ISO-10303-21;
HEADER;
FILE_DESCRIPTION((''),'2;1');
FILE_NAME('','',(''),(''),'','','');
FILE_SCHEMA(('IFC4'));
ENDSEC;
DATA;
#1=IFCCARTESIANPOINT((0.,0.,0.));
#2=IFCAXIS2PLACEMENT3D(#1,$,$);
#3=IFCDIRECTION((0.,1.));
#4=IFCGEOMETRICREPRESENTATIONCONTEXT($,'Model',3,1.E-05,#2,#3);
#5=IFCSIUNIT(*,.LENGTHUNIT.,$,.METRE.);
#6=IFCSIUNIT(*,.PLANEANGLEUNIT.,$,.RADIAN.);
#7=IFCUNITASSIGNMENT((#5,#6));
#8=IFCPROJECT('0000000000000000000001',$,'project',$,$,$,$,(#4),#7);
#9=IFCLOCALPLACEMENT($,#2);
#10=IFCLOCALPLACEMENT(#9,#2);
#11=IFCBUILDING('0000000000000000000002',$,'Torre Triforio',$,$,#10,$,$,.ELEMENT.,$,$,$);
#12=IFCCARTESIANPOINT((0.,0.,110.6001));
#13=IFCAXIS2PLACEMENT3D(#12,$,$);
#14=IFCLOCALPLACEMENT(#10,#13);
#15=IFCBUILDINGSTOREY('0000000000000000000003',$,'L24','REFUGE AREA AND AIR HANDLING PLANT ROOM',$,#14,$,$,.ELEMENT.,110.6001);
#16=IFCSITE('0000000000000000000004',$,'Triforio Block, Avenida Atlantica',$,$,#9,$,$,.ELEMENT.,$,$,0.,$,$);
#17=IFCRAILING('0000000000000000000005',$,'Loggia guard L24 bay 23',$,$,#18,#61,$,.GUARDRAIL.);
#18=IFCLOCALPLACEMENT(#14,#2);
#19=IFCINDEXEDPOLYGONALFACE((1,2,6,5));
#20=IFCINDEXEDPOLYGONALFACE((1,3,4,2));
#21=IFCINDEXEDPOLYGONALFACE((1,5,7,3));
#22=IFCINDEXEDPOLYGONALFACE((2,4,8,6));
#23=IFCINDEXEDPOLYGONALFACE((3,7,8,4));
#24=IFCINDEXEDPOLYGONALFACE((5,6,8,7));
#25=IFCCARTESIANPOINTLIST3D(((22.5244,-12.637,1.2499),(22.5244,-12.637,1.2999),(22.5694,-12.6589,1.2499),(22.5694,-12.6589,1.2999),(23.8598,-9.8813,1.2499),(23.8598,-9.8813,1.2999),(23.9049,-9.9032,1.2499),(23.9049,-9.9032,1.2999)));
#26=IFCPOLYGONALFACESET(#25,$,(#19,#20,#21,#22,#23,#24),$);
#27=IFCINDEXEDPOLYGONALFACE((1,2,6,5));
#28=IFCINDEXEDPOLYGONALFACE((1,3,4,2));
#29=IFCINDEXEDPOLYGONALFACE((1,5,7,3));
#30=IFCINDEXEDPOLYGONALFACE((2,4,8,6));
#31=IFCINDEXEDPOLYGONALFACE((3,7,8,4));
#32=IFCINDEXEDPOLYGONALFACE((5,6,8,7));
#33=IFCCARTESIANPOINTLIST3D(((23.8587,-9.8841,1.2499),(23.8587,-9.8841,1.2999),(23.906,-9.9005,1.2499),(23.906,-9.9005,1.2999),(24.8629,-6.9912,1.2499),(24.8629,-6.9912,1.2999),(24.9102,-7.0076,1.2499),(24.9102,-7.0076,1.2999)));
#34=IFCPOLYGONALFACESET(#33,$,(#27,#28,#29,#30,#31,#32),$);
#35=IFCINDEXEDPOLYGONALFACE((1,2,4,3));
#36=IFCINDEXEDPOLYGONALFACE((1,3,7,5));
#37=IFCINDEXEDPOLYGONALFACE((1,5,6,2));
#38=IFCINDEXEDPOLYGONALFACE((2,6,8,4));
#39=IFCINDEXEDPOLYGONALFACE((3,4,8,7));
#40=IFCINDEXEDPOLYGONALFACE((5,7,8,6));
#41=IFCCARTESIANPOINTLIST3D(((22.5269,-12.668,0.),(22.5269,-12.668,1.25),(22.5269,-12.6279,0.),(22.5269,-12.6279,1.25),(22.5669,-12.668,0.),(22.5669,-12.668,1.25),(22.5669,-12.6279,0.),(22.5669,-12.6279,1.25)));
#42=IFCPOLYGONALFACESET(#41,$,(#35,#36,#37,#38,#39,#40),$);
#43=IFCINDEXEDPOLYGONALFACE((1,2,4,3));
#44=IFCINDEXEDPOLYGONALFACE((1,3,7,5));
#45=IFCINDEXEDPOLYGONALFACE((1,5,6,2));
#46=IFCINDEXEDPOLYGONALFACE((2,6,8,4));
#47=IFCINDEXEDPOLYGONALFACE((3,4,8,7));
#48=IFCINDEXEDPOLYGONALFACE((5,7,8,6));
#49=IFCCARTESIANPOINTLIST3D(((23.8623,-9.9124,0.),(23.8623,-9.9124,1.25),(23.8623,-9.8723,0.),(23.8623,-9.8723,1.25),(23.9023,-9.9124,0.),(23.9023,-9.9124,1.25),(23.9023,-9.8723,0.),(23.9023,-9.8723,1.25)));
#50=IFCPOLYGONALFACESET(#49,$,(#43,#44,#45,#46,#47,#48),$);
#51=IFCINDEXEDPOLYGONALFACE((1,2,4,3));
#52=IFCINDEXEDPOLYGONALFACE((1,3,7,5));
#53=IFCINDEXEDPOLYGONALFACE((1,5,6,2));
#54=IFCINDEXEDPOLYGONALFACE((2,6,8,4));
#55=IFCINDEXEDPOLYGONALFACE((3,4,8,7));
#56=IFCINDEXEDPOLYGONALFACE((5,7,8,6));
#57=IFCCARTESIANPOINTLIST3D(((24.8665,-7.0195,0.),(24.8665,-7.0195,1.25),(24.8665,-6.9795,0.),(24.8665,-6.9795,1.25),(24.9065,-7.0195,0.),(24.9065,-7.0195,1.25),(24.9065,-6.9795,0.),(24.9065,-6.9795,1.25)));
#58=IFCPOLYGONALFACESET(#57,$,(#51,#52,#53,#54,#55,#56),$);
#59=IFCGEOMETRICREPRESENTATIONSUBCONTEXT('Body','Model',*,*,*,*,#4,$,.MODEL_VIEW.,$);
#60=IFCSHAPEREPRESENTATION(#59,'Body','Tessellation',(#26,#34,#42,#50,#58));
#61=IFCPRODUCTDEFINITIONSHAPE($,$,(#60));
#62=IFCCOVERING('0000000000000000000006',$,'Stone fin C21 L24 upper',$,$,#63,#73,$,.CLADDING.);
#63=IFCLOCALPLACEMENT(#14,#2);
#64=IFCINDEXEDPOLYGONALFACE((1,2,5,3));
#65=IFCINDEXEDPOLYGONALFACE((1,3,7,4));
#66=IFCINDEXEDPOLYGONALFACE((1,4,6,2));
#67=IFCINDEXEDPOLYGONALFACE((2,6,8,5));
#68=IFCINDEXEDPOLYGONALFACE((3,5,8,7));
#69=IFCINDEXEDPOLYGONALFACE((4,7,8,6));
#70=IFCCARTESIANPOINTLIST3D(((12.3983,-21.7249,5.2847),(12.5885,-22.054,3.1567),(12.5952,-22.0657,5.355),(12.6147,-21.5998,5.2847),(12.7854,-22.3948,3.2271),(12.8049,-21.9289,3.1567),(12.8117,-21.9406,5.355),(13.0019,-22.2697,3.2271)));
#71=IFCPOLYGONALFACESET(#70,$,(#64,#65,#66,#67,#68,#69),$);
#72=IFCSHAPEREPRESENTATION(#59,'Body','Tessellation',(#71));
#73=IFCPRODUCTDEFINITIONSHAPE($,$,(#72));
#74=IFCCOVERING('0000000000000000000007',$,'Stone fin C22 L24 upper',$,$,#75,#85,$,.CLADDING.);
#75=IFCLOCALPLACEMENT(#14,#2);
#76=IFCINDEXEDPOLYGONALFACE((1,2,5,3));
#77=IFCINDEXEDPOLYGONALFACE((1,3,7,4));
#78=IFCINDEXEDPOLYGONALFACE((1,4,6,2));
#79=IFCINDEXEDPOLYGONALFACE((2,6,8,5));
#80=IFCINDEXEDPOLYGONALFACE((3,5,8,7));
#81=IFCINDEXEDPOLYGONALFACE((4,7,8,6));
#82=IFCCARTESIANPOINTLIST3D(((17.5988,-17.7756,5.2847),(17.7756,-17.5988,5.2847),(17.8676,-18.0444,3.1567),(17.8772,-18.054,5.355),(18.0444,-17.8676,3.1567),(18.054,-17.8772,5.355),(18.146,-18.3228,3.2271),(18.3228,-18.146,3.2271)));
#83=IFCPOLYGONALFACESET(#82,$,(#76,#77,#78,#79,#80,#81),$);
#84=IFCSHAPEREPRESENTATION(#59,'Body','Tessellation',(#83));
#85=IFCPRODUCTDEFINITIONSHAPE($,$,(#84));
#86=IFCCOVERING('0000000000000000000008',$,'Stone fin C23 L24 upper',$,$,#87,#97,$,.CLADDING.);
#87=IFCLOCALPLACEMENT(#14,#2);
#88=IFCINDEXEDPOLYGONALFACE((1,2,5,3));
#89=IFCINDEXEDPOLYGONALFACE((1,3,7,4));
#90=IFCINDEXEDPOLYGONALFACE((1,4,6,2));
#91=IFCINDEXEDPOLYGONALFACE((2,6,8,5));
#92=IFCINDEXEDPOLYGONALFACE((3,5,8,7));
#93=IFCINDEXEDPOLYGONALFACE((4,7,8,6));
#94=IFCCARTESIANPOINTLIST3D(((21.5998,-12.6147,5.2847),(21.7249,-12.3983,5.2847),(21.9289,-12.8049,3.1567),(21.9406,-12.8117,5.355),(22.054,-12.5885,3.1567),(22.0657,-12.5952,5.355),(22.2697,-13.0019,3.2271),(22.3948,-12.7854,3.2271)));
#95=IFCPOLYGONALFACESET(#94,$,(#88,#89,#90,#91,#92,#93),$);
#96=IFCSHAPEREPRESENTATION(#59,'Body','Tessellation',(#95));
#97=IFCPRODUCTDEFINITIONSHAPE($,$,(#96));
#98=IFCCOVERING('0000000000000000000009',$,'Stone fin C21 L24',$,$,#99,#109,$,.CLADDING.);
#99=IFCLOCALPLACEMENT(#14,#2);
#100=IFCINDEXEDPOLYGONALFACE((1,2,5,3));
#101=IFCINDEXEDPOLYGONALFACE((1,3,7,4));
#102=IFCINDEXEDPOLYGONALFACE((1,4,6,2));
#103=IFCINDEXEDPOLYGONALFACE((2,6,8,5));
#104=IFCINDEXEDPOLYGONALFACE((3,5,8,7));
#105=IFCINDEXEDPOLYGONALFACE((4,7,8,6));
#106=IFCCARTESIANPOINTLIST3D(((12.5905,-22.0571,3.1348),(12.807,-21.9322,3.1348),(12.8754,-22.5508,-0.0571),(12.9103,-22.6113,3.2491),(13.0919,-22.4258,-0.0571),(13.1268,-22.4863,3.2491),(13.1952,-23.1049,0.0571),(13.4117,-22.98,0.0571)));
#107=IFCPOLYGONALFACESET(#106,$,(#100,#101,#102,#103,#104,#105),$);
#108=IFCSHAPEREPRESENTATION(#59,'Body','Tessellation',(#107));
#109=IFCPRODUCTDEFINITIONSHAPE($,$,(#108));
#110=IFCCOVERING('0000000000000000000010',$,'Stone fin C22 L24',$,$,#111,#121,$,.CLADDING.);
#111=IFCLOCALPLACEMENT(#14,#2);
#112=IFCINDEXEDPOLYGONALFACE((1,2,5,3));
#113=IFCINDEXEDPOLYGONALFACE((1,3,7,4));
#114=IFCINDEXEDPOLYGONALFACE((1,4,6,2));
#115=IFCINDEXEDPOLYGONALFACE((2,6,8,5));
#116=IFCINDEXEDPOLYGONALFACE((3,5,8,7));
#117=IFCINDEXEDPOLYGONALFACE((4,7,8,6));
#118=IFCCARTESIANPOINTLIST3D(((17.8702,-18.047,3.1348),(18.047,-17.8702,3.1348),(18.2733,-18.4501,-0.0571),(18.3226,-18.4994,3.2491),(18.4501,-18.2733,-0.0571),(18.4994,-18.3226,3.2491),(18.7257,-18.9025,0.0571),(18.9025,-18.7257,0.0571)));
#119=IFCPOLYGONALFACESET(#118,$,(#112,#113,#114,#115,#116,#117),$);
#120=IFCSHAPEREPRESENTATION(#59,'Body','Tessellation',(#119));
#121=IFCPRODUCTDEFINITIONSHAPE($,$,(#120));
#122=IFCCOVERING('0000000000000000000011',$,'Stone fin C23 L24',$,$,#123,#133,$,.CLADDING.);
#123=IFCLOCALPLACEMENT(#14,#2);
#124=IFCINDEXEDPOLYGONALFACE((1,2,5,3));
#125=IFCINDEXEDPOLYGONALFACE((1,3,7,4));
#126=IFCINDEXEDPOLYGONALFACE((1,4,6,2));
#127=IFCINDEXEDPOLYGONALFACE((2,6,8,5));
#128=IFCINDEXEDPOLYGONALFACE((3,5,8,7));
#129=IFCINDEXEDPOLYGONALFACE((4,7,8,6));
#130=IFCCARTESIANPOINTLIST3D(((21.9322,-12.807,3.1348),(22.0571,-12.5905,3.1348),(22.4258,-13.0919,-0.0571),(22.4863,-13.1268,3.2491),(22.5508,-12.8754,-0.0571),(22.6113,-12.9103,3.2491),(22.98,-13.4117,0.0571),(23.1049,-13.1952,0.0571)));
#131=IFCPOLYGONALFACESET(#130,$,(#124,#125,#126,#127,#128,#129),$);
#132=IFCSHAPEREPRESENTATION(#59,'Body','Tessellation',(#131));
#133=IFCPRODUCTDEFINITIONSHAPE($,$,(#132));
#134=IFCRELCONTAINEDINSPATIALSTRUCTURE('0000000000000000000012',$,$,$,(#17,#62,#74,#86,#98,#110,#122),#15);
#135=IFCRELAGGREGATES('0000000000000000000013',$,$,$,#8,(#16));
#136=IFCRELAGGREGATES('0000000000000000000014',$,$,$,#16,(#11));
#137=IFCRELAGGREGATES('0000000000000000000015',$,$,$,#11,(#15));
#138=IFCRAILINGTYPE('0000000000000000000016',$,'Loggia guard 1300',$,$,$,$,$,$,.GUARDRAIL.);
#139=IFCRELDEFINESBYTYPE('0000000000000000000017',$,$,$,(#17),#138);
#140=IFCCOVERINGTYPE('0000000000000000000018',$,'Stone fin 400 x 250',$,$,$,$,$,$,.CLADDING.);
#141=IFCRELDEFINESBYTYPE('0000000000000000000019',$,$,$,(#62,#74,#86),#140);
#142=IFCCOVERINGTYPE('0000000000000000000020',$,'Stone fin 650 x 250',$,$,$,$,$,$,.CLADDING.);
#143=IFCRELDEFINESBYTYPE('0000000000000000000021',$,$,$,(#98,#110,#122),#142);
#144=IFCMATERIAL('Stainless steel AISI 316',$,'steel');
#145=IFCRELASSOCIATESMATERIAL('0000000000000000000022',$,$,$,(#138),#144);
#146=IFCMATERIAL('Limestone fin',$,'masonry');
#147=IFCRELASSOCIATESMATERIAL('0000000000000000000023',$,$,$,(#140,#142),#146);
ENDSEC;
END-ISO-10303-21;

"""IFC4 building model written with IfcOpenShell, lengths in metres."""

from ifc_helpers import new_model, si_unit, direction, frame, origin, origin_2d, place, context, subcontext, project, spatial, rectangle, extrude, material, material_profile, profile_set, type_object, element, save


model = new_model("IFC4")

# Units and contexts
model_context = context("Model", 3, precision=1e-05, world=origin(), true_north=direction((0.0, 1.0)))
body_context = subcontext(model_context, "Body", "Model", "MODEL_VIEW")
ifc_project = project(units=[si_unit("LENGTHUNIT", "METRE"), si_unit("PLANEANGLEUNIT", "RADIAN")], contexts=[model_context])

# Site, building, storey
site_placement = place(None, origin())
site = spatial("IfcSite", under=ifc_project, at=site_placement, Name="Triforio Block, Avenida Atlantica", CompositionType="ELEMENT", RefElevation=0.0)
building_placement = place(site_placement, origin())
building = spatial("IfcBuilding", under=site, at=building_placement, Name="Torre Triforio", CompositionType="ELEMENT")
storey_placement = place(building_placement, frame((0.0, 0.0, 110.6001)))
storey = spatial("IfcBuildingStorey", under=building, at=storey_placement, Name="L24", Description="REFUGE AREA AND AIR HANDLING PLANT ROOM", CompositionType="ELEMENT", Elevation=110.6001)

# Railing
ifc_material_1 = material(Name="Stainless steel AISI 316", Category="steel")
railing_type = type_object("IfcRailingType", Name="Loggia guard 1300", PredefinedType="GUARDRAIL", material=ifc_material_1)
railing_1_placement = place(storey_placement, frame((22.5469, -12.6479, 0.0)))
element("IfcRailing", 1, at=railing_1_placement, inside=storey, type_object=railing_type, Name="Loggia guard L24 bay 23", PredefinedType="GUARDRAIL", context=body_context, shape_type="SweptSolid", body=[
    extrude(rectangle(XDim=0.05, YDim=0.05, at=origin_2d()), frame((0.0, 0.0, 1.2749), z_axis=(0.436113, 0.899892, 0.0), x_axis=(-0.899892, 0.436113, 0.0)), (0.0, 0.0, 1.0), 3.0623),
    extrude(rectangle(XDim=0.05, YDim=0.05, at=origin_2d()), frame((1.3354, 2.7556, 1.2749), z_axis=(0.327924, 0.944704, 0.0), x_axis=(-0.944704, 0.327924, 0.0)), (0.0, 0.0, 1.0), 3.0623),
    extrude(rectangle(XDim=0.04, YDim=0.04, at=origin_2d()), origin(), (0.0, 0.0, 1.0), 1.25),
    extrude(rectangle(XDim=0.04, YDim=0.04, at=origin_2d()), frame((1.3354, 2.7556, 0.0)), (0.0, 0.0, 1.0), 1.25),
    extrude(rectangle(XDim=0.04, YDim=0.04, at=origin_2d()), frame((2.3396, 5.6484, 0.0)), (0.0, 0.0, 1.0), 1.25),
])

# Coverings
ifc_material_2 = material(Name="Limestone fin", Category="masonry")
ifc_material_profile_1 = material_profile(ifc_material_2, rectangle(XDim=0.3999, YDim=0.25, at=origin_2d()), Name="FIN 400x250")
ifc_profile_set_1 = profile_set([ifc_material_profile_1], Name="Limestone fin")
covering_type_1 = type_object("IfcCoveringType", Name="Stone fin 400 x 250", PredefinedType="CLADDING", material=ifc_profile_set_1)
for number, where, z_axis, x_axis, name in (
    (2, (12.7952, -22.1619, 3.1919), (-0.087983, 0.152248, 0.984418), (0.492556, -0.852331, 0.175842), "Stone fin C21 L24 upper"),
    (3, (18.0952, -18.0952, 3.1919), (-0.124351, 0.124351, 0.984415), (0.696087, -0.696087, 0.175859), "Stone fin C22 L24 upper"),
    (4, (22.1619, -12.7952, 3.1919), (-0.152248, 0.087983, 0.984418), (0.852331, -0.492556, 0.175842), "Stone fin C23 L24 upper"),
):
    element("IfcCovering", number, at=place(storey_placement, frame(where, z_axis=z_axis, x_axis=x_axis)), inside=storey, type_object=covering_type_1, Name=name, PredefinedType="CLADDING", context=body_context, shape_type="SweptSolid", body=[
        extrude(rectangle(XDim=0.3999, YDim=0.25, at=origin_2d()), origin(), (0.0, 0.0, 1.0), 2.1616),
    ])
ifc_material_profile_2 = material_profile(ifc_material_2, rectangle(XDim=0.6499, YDim=0.25, at=origin_2d()), Name="FIN 650x250")
ifc_profile_set_2 = profile_set([ifc_material_profile_2], Name="Limestone fin")
covering_type_2 = type_object("IfcCoveringType", Name="Stone fin 650 x 250", PredefinedType="CLADDING", material=ifc_profile_set_2)
for number, where, z_axis, x_axis, name in (
    (5, (13.1436, -22.7654, 0.0), (-0.087871, 0.15225, 0.984428), (0.492087, -0.852613, 0.175788), "Stone fin C21 L24"),
    (6, (18.5879, -18.5879, 0.0), (-0.124314, 0.124314, 0.984425), (0.696093, -0.696093, 0.175807), "Stone fin C22 L24"),
    (7, (22.7654, -13.1436, 0.0), (-0.15225, 0.087871, 0.984428), (0.852613, -0.492087, 0.175788), "Stone fin C23 L24"),
):
    element("IfcCovering", number, at=place(storey_placement, frame(where, z_axis=z_axis, x_axis=x_axis)), inside=storey, type_object=covering_type_2, Name=name, PredefinedType="CLADDING", context=body_context, shape_type="SweptSolid", body=[
        extrude(rectangle(XDim=0.6499, YDim=0.25, at=origin_2d()), origin(), (0.0, 0.0, 1.0), 3.2424),
    ])

save(model, "model.ifc")
